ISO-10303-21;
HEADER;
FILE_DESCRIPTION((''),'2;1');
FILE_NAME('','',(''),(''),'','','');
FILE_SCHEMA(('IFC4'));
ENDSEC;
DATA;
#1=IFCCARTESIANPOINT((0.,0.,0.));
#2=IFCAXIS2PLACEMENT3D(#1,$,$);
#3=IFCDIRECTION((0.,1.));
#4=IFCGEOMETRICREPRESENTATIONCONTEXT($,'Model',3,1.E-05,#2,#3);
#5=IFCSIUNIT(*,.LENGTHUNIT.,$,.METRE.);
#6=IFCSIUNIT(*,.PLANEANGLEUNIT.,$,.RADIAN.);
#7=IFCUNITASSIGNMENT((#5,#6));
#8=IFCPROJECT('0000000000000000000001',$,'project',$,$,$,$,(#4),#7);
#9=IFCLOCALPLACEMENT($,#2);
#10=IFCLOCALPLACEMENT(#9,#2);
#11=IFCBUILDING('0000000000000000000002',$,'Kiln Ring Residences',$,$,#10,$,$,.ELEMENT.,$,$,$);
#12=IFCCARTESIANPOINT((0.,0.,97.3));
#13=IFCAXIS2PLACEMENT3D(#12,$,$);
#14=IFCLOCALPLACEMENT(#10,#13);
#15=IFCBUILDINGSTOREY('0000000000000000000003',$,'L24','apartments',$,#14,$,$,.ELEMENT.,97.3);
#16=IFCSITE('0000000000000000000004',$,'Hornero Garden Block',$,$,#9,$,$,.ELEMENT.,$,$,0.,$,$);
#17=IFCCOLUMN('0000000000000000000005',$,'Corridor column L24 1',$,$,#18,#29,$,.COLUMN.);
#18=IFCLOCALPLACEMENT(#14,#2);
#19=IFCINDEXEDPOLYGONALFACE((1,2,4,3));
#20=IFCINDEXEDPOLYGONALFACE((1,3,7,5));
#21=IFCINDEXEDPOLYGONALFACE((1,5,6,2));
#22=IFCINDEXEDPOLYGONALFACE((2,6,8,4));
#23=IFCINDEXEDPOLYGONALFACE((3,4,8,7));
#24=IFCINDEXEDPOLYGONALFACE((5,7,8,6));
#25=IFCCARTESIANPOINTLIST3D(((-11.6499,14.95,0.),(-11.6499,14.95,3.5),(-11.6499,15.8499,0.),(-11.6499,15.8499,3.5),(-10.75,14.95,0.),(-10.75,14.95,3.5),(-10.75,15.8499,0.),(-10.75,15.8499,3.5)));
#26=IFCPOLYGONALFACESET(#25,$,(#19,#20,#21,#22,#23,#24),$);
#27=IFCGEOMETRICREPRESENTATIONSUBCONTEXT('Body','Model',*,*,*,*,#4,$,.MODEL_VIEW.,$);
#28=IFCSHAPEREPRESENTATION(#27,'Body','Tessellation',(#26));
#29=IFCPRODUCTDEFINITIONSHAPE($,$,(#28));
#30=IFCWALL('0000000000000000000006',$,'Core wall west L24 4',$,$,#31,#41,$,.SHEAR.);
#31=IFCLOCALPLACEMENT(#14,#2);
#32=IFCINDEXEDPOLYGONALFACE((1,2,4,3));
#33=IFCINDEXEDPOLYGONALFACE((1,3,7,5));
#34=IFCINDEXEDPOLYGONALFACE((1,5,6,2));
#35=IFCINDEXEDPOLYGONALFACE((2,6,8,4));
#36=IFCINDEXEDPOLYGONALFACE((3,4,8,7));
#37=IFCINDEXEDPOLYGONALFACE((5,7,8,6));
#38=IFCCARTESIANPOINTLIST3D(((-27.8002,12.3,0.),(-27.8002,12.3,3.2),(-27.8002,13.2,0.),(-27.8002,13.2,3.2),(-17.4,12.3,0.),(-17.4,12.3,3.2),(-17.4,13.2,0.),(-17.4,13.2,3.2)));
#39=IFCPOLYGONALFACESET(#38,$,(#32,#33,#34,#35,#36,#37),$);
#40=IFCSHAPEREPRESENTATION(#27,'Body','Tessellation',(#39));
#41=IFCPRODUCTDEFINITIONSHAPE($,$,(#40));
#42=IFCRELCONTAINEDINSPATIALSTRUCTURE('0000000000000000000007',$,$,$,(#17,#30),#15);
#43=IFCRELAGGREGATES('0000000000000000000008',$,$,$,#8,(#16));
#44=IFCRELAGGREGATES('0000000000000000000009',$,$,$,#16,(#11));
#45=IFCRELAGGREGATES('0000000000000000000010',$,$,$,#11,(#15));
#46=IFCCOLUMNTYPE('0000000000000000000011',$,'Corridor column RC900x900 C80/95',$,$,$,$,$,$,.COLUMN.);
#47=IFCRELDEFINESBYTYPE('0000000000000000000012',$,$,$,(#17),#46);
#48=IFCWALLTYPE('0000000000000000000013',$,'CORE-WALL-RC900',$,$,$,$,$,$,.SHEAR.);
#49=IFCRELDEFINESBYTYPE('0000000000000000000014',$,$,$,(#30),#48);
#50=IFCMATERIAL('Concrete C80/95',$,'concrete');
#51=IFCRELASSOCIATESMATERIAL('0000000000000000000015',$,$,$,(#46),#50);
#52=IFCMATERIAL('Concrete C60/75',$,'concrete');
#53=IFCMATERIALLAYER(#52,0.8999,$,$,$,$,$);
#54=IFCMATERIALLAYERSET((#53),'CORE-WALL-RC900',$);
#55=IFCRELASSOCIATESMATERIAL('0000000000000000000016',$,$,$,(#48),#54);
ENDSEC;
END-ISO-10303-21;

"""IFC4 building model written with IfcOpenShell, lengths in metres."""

from ifc_helpers import new_model, si_unit, direction, frame, frame_2d, origin, origin_2d, place, context, subcontext, project, spatial, rectangle, extrude, material, layer, layer_set, material_profile, profile_set, type_object, element, save


model = new_model("IFC4")

# Units and contexts
model_context = context("Model", 3, precision=1e-05, world=origin(), true_north=direction((0.0, 1.0)))
body_context = subcontext(model_context, "Body", "Model", "MODEL_VIEW")
ifc_project = project(units=[si_unit("LENGTHUNIT", "METRE"), si_unit("PLANEANGLEUNIT", "RADIAN")], contexts=[model_context])

# Site, building, storey
site_placement = place(None, origin())
site = spatial("IfcSite", under=ifc_project, at=site_placement, Name="Hornero Garden Block", CompositionType="ELEMENT", RefElevation=0.0)
building_placement = place(site_placement, origin())
building = spatial("IfcBuilding", under=site, at=building_placement, Name="Kiln Ring Residences", CompositionType="ELEMENT")
storey_placement = place(building_placement, frame((0.0, 0.0, 97.3)))
storey = spatial("IfcBuildingStorey", under=building, at=storey_placement, Name="L24", Description="apartments", CompositionType="ELEMENT", Elevation=97.3)

# Column
ifc_material_1 = material(Name="Concrete C80/95", Category="concrete")
ifc_material_profile = material_profile(ifc_material_1, rectangle(XDim=0.8999, YDim=0.8999, at=origin_2d()), Name="RC900x900")
ifc_profile_set = profile_set([ifc_material_profile], Name="Concrete C80/95")
column_type = type_object("IfcColumnType", Name="Corridor column RC900x900 C80/95", PredefinedType="COLUMN", material=ifc_profile_set)
column_placement = place(storey_placement, frame((-11.2, 15.3999, 0.0), z_axis=(0.0, 0.0, 1.0), x_axis=(1.0, 0.0, 0.0)))
element("IfcColumn", 1, at=column_placement, inside=storey, type_object=column_type, Name="Corridor column L24 1", PredefinedType="COLUMN", context=body_context, shape_type="SweptSolid", body=[
    extrude(rectangle(XDim=0.8999, YDim=0.8999, at=origin_2d()), origin(), (0.0, 0.0, 1.0), 3.5),
])

# Wall
ifc_material_2 = material(Name="Concrete C60/75", Category="concrete")
ifc_layer_1 = layer(ifc_material_2, 0.8999)
ifc_layer_set_1 = layer_set([ifc_layer_1], Name="CORE-WALL-RC900")
wall_type_1 = type_object("IfcWallType", Name="CORE-WALL-RC900", PredefinedType="SHEAR", material=ifc_layer_set_1)
wall_1_placement = place(storey_placement, frame((-17.3999, 12.75, 0.0), z_axis=(0.0, 0.0, 1.0), x_axis=(-1.0, 0.0, 0.0)))
element("IfcWall", 2, at=wall_1_placement, inside=storey, type_object=wall_type_1, Name="Core wall west L24 4", PredefinedType="SHEAR", context=body_context, shape_type="SweptSolid", body=[
    extrude(rectangle(XDim=10.4001, YDim=0.8999, at=frame_2d((5.2002, 0.0))), origin(), (0.0, 0.0, 1.0), 3.2),
])

save(model, "model.ifc")
